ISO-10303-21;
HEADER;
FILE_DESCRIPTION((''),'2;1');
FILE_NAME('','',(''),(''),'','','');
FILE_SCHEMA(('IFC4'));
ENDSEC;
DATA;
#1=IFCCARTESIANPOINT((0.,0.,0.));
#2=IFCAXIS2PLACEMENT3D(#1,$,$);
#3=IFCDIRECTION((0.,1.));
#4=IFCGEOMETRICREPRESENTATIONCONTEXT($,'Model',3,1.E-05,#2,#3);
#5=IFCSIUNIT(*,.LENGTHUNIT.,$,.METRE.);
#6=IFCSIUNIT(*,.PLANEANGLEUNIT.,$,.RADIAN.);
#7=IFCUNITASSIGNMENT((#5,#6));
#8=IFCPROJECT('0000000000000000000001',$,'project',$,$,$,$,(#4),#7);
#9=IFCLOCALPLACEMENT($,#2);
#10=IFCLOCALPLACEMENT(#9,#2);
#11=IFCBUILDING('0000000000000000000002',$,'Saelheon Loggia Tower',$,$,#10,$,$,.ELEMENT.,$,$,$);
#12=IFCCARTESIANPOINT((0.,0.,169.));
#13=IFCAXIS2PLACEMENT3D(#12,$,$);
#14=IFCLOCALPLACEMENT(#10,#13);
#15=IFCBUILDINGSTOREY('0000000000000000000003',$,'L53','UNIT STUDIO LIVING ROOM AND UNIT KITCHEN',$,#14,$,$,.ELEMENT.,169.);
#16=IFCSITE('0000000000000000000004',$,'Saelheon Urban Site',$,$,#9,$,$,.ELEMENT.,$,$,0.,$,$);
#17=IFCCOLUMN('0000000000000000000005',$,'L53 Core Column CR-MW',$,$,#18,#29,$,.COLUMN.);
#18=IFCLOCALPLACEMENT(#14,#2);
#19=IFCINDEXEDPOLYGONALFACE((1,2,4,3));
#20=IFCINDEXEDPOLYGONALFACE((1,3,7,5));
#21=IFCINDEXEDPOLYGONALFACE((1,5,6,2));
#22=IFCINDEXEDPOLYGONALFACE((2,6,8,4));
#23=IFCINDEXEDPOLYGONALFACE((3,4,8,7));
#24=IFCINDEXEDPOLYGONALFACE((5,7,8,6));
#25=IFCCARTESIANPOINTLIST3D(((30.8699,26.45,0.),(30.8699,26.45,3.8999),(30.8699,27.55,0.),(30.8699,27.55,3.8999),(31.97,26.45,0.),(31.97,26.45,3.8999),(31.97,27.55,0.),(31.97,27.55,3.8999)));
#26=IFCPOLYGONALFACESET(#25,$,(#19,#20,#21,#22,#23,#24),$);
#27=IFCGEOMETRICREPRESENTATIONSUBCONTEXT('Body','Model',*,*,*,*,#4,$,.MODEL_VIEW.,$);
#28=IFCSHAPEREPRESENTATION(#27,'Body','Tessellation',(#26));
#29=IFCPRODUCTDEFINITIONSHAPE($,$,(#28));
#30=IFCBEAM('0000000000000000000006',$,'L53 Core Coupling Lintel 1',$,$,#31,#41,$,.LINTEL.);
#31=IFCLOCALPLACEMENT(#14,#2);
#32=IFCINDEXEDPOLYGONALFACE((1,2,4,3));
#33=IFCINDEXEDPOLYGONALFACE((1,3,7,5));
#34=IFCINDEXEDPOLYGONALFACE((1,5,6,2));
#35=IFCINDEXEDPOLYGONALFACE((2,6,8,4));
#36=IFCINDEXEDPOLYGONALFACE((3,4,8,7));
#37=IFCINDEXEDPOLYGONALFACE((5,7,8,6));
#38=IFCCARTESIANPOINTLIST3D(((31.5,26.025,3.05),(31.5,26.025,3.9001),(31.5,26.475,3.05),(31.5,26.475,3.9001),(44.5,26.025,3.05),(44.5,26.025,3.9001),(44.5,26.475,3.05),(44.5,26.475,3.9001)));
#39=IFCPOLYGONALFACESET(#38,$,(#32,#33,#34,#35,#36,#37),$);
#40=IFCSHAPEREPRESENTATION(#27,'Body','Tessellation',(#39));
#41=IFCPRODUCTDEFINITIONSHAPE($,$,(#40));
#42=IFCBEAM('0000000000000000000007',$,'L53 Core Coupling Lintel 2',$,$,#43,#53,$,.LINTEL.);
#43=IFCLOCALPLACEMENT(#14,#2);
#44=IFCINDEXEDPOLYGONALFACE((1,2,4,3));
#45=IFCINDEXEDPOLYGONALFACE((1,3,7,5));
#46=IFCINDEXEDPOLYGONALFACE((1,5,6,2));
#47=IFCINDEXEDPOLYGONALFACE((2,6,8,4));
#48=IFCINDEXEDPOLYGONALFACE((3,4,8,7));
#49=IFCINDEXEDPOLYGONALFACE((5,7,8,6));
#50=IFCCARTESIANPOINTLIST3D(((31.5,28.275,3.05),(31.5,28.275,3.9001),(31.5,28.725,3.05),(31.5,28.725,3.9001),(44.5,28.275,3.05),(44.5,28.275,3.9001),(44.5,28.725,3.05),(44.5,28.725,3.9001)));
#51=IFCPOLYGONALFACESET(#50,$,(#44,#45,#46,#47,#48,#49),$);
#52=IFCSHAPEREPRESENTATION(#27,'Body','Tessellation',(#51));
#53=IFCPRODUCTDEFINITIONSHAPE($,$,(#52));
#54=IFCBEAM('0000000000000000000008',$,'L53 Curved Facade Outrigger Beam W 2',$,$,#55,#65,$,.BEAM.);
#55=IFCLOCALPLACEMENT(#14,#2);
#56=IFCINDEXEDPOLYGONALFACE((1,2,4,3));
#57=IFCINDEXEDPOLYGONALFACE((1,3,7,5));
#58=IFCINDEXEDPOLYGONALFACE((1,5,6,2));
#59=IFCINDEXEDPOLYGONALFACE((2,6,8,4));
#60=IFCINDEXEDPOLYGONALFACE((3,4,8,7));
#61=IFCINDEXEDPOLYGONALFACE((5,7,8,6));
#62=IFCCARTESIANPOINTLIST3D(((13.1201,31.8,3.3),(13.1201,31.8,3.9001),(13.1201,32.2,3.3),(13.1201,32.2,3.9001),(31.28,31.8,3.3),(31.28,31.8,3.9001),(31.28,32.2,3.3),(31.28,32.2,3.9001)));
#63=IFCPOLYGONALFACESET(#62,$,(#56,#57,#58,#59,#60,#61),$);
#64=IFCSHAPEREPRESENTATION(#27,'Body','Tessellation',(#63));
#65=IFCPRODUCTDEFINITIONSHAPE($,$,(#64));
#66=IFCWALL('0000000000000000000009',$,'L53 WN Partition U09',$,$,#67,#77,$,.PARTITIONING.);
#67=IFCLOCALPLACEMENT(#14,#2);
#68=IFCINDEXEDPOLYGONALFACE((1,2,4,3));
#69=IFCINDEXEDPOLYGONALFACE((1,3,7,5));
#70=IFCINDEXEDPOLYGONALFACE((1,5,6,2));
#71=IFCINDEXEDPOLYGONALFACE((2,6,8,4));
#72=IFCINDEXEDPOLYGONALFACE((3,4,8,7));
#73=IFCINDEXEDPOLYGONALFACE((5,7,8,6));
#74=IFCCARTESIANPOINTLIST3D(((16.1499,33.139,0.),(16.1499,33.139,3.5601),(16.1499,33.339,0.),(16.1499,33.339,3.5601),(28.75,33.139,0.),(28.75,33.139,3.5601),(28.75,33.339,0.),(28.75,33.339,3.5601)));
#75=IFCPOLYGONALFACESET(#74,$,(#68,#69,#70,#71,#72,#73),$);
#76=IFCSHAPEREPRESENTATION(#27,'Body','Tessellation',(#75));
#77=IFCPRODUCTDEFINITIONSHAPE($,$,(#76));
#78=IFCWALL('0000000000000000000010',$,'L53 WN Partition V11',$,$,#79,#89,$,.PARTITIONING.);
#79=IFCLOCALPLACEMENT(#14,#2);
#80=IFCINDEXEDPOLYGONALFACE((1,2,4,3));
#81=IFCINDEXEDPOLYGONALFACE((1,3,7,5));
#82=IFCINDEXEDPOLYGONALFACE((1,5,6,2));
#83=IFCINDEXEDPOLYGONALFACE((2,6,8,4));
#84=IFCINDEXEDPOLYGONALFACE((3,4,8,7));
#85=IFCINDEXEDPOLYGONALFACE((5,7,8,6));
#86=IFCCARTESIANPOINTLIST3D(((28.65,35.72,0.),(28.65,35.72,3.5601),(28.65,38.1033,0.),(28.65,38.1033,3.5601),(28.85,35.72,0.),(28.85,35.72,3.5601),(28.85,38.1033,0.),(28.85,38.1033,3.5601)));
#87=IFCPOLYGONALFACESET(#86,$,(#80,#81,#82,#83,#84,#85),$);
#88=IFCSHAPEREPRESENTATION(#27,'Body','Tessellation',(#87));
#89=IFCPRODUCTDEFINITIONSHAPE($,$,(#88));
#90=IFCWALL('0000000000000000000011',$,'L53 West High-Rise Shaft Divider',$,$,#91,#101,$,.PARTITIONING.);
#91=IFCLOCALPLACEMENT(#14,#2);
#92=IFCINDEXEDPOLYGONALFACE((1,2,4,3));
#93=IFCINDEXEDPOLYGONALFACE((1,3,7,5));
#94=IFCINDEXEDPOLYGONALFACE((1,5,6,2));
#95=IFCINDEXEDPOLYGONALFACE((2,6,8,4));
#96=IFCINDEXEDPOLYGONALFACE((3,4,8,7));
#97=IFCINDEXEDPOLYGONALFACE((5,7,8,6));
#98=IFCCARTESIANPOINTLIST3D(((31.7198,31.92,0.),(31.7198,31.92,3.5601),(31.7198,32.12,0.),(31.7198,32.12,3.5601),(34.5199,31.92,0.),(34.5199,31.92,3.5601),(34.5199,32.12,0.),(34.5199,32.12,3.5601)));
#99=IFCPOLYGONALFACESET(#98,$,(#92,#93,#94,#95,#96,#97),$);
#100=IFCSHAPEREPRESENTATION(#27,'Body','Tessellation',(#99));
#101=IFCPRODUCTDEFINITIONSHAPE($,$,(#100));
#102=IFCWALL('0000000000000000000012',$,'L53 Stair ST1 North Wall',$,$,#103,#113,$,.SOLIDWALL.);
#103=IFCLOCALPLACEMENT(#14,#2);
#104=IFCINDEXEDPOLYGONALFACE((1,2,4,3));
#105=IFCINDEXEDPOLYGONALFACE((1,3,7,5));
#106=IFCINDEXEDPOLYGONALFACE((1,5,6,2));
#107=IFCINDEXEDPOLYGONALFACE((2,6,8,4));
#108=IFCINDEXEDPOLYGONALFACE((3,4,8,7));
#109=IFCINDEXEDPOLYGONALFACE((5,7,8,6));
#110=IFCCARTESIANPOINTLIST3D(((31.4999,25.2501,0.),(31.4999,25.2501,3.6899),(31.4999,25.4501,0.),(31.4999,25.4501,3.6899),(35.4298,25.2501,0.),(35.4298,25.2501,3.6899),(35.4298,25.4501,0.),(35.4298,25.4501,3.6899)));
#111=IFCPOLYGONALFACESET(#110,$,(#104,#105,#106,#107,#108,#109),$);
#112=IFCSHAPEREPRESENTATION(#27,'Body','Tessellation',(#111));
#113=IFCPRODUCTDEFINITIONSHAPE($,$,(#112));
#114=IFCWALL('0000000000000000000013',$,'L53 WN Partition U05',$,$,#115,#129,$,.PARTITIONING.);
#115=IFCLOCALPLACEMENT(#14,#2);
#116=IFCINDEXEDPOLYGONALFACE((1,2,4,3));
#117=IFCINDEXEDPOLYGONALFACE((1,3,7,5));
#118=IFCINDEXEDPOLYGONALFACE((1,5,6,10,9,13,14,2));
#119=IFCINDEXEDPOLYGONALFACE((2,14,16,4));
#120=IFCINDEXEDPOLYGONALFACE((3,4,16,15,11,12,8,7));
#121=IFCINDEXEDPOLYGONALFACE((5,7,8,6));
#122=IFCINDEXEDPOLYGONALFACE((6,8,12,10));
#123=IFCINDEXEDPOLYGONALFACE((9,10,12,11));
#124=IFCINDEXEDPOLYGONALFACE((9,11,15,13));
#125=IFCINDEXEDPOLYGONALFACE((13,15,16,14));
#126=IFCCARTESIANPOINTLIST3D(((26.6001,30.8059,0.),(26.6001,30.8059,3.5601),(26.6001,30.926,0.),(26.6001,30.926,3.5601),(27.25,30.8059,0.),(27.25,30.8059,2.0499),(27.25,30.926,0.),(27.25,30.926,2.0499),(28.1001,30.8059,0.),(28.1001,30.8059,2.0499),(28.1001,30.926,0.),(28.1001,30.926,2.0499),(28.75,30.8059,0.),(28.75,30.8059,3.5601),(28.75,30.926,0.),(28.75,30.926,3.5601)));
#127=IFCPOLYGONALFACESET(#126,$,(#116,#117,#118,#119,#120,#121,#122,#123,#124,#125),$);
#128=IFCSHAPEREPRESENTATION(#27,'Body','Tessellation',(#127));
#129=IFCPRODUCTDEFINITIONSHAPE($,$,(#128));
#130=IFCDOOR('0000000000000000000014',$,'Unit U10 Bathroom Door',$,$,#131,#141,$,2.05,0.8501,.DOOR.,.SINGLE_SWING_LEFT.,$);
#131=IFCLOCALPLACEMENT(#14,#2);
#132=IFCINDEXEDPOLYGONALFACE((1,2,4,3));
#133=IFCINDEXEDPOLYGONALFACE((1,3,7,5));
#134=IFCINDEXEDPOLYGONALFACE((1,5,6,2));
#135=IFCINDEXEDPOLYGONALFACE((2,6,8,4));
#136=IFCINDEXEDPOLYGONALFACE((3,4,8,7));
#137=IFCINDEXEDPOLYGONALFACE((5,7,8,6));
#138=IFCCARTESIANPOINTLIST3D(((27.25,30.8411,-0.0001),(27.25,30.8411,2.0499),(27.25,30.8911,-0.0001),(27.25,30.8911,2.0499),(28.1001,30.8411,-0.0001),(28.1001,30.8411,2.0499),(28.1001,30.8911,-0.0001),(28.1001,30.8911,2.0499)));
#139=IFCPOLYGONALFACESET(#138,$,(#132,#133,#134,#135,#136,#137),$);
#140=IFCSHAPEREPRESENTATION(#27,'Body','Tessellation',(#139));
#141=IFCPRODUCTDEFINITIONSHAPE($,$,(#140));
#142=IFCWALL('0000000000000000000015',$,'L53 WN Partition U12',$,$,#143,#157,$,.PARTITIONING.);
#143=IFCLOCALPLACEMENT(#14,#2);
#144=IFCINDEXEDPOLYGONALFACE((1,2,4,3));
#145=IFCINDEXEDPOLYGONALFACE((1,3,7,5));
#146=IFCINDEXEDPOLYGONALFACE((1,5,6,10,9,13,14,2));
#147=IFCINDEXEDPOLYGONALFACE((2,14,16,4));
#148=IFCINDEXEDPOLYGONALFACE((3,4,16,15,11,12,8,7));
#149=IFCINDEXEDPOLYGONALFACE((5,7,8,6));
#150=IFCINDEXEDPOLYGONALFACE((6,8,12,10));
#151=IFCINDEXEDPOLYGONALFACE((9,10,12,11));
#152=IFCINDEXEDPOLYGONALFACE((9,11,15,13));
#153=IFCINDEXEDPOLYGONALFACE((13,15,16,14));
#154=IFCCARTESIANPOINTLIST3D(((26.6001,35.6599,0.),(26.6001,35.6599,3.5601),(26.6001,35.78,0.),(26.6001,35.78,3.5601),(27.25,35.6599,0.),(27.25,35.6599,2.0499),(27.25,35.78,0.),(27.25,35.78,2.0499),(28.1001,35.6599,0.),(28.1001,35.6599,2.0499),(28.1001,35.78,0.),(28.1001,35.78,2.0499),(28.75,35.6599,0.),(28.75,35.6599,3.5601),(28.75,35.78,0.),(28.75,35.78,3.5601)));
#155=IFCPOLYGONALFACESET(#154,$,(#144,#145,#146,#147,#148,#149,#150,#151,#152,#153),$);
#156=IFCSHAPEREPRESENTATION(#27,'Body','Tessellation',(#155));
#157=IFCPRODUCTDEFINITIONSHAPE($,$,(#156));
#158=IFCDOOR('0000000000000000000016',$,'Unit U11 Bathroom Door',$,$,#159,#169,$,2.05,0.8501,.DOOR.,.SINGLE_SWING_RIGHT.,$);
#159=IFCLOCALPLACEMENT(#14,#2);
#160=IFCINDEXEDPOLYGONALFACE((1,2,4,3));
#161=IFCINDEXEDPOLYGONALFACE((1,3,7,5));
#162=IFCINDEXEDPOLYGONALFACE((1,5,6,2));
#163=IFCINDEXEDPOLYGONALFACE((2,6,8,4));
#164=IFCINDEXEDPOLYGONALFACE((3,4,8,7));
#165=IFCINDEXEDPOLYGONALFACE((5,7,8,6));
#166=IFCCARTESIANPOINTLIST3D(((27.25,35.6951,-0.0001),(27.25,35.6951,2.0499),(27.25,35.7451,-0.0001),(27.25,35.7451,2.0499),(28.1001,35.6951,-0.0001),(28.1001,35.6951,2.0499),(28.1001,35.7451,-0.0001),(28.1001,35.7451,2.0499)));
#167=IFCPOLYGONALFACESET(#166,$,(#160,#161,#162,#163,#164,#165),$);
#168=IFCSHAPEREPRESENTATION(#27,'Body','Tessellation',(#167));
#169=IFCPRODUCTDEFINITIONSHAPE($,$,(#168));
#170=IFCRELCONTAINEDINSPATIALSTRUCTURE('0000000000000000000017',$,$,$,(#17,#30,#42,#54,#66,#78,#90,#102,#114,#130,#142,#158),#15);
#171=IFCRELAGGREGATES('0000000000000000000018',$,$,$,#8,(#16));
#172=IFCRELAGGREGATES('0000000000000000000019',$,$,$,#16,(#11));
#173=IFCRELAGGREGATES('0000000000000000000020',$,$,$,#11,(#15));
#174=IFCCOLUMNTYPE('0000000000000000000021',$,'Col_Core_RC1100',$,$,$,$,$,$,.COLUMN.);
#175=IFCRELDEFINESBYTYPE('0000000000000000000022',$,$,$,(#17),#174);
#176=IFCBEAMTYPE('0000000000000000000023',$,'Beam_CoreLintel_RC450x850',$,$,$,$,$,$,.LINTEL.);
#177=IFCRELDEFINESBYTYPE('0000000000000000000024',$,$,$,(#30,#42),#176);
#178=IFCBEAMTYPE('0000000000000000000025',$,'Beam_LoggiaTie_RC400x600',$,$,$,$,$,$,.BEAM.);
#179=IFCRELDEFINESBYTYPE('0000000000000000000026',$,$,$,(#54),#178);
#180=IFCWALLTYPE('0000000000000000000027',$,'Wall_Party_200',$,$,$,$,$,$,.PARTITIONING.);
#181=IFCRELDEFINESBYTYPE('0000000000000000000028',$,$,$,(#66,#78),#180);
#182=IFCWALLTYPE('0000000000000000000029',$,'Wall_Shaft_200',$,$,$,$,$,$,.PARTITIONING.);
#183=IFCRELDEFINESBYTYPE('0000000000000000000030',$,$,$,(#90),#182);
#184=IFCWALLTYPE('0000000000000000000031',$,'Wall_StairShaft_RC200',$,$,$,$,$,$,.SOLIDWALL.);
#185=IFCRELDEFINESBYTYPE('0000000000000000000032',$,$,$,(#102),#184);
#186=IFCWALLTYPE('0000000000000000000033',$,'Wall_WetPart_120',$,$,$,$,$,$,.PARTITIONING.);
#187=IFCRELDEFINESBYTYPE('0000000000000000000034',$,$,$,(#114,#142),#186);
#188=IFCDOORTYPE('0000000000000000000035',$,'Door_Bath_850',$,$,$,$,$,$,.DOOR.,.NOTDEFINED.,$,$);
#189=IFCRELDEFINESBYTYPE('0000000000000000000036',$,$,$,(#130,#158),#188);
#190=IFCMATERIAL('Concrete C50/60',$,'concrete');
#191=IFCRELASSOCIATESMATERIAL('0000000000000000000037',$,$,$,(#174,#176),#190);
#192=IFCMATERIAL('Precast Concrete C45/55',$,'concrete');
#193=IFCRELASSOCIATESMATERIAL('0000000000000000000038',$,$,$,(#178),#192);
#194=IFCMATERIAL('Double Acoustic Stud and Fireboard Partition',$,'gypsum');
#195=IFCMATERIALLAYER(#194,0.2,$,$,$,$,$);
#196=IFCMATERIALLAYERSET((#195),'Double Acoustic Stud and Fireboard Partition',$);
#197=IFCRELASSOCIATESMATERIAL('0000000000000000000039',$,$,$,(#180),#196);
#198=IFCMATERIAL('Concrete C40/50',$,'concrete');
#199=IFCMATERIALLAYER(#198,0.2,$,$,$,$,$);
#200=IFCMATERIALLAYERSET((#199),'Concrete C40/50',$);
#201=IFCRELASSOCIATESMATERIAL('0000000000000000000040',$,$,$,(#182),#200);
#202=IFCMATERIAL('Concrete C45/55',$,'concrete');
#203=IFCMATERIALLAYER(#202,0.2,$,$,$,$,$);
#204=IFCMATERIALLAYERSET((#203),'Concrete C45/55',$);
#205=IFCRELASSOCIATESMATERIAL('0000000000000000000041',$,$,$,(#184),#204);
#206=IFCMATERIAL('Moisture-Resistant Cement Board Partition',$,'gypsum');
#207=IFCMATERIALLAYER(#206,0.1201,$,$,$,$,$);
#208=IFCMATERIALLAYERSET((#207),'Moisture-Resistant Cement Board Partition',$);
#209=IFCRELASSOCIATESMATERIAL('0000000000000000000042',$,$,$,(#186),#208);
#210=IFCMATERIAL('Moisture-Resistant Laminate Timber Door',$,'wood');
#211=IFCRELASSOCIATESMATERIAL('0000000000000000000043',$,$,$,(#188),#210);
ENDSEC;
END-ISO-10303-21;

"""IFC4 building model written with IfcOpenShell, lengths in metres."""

from ifc_helpers import new_model, si_unit, direction, frame, frame_2d, origin, origin_2d, place, context, subcontext, project, spatial, rectangle, extrude, source, transform, mapped, material, layer, layer_set, material_profile, profile_set, type_object, element, fill, save


model = new_model("IFC4")

# Units and contexts
model_context = context("Model", 3, precision=1e-05, world=origin(), true_north=direction((0.0, 1.0)))
body_context = subcontext(model_context, "Body", "Model", "MODEL_VIEW")
ifc_project = project(units=[si_unit("LENGTHUNIT", "METRE"), si_unit("PLANEANGLEUNIT", "RADIAN")], contexts=[model_context])

# Site, building, storey
site_placement = place(None, origin())
site = spatial("IfcSite", under=ifc_project, at=site_placement, Name="Saelheon Urban Site", CompositionType="ELEMENT", RefElevation=0.0)
building_placement = place(site_placement, origin())
building = spatial("IfcBuilding", under=site, at=building_placement, Name="Saelheon Loggia Tower", CompositionType="ELEMENT")
storey_placement = place(building_placement, frame((0.0, 0.0, 169.0)))
storey = spatial("IfcBuildingStorey", under=building, at=storey_placement, Name="L53", Description="UNIT STUDIO LIVING ROOM AND UNIT KITCHEN", CompositionType="ELEMENT", Elevation=169.0)

# Column
ifc_material_1 = material(Name="Concrete C50/60", Category="concrete")
ifc_material_profile_1 = material_profile(ifc_material_1, rectangle(XDim=1.1001, YDim=1.1001, at=origin_2d()), Name="RC-1100x1100")
ifc_profile_set_1 = profile_set([ifc_material_profile_1], Name="Concrete C50/60")
column_type = type_object("IfcColumnType", Name="Col_Core_RC1100", PredefinedType="COLUMN", material=ifc_profile_set_1)
shared_shape_1 = source(origin(), body_context, "Body", "SweptSolid", [
    extrude(rectangle(XDim=1.1001, YDim=1.1001, at=origin_2d()), origin(), (0.0, 0.0, 1.0), 3.8999),
])
column_placement = place(storey_placement, frame((31.4199, 27.0, 0.0), z_axis=(0.0, 0.0, 1.0), x_axis=(1.0, 0.0, 0.0)))
element("IfcColumn", 1, at=column_placement, inside=storey, type_object=column_type, Name="L53 Core Column CR-MW", PredefinedType="COLUMN", context=body_context, shape_type="MappedRepresentation", body=[
    mapped(shared_shape_1, transform((0.0, 0.0, 0.0), scale=1.0)),
])

# Beams
ifc_material_profile_2 = material_profile(ifc_material_1, rectangle(XDim=0.45, YDim=0.8501, at=origin_2d()), Name="RC-450x850")
ifc_profile_set_2 = profile_set([ifc_material_profile_2], Name="Concrete C50/60")
beam_type_1 = type_object("IfcBeamType", Name="Beam_CoreLintel_RC450x850", PredefinedType="LINTEL", material=ifc_profile_set_2)
shared_shape_2 = source(origin(), body_context, "Body", "SweptSolid", [
    extrude(rectangle(XDim=0.45, YDim=0.8501, at=origin_2d()), origin(), (0.0, 0.0, 1.0), 13.0),
])
for number, where, z_axis, x_axis, name in (
    (2, (31.5, 26.25, 3.4751), (1.0, 0.0, 0.0), (0.0, 1.0, 0.0), "L53 Core Coupling Lintel 1"),
    (3, (31.5, 28.5, 3.4751), (1.0, 0.0, 0.0), (0.0, 1.0, 0.0), "L53 Core Coupling Lintel 2"),
):
    element("IfcBeam", number, at=place(storey_placement, frame(where, z_axis=z_axis, x_axis=x_axis)), inside=storey, type_object=beam_type_1, Name=name, PredefinedType="LINTEL", context=body_context, shape_type="MappedRepresentation", body=[
        mapped(shared_shape_2, transform((0.0, 0.0, 0.0), scale=1.0)),
    ])
ifc_material_2 = material(Name="Precast Concrete C45/55", Category="concrete")
ifc_material_profile_3 = material_profile(ifc_material_2, rectangle(XDim=0.3999, YDim=0.6001, at=origin_2d()), Name="RC-400x600")
ifc_profile_set_3 = profile_set([ifc_material_profile_3], Name="Precast Concrete C45/55")
beam_type_2 = type_object("IfcBeamType", Name="Beam_LoggiaTie_RC400x600", PredefinedType="BEAM", material=ifc_profile_set_3)
shared_shape_3 = source(origin(), body_context, "Body", "SweptSolid", [
    extrude(rectangle(XDim=0.3999, YDim=0.6001, at=origin_2d()), origin(), (0.0, 0.0, 1.0), 18.1599),
])
beam_placement = place(storey_placement, frame((31.28, 32.0, 3.6001), z_axis=(-1.0, 0.0, 0.0), x_axis=(0.0, -1.0, 0.0)))
element("IfcBeam", 4, at=beam_placement, inside=storey, type_object=beam_type_2, Name="L53 Curved Facade Outrigger Beam W 2", PredefinedType="BEAM", context=body_context, shape_type="MappedRepresentation", body=[
    mapped(shared_shape_3, transform((0.0, 0.0, 0.0), scale=1.0)),
])

# Wall
ifc_material_3 = material(Name="Double Acoustic Stud and Fireboard Partition", Category="gypsum")
ifc_layer_1 = layer(ifc_material_3, 0.2)
ifc_layer_set_1 = layer_set([ifc_layer_1], Name="Double Acoustic Stud and Fireboard Partition")
wall_type_1 = type_object("IfcWallType", Name="Wall_Party_200", PredefinedType="PARTITIONING", material=ifc_layer_set_1)
wall_1_placement = place(storey_placement, frame((28.75, 33.239, 0.0), z_axis=(0.0, 0.0, 1.0), x_axis=(-1.0, 0.0, 0.0)))
element("IfcWall", 5, at=wall_1_placement, inside=storey, type_object=wall_type_1, Name="L53 WN Partition U09", PredefinedType="PARTITIONING", context=body_context, shape_type="SweptSolid", body=[
    extrude(rectangle(XDim=12.6001, YDim=0.2, at=frame_2d((6.3, 0.0))), origin(), (0.0, 0.0, 1.0), 3.5601),
])

# Wall
wall_2_placement = place(storey_placement, frame((28.75, 35.72, 0.0), z_axis=(0.0, 0.0, 1.0), x_axis=(0.0, 1.0, 0.0)))
element("IfcWall", 6, at=wall_2_placement, inside=storey, type_object=wall_type_1, Name="L53 WN Partition V11", PredefinedType="PARTITIONING", context=body_context, shape_type="SweptSolid", body=[
    extrude(rectangle(XDim=2.3833, YDim=0.2, at=frame_2d((1.1917, 0.0))), origin(), (0.0, 0.0, 1.0), 3.5601),
])

# Shared definitions
ifc_material_4 = material(Name="Concrete C40/50", Category="concrete")
ifc_layer_2 = layer(ifc_material_4, 0.2)
ifc_layer_set_2 = layer_set([ifc_layer_2], Name="Concrete C40/50")
wall_type_2 = type_object("IfcWallType", Name="Wall_Shaft_200", PredefinedType="PARTITIONING", material=ifc_layer_set_2)

# Walls
wall_3_placement = place(storey_placement, frame((31.72, 32.02, 0.0), z_axis=(0.0, 0.0, 1.0), x_axis=(1.0, 0.0, 0.0)))
element("IfcWall", 7, at=wall_3_placement, inside=storey, type_object=wall_type_2, Name="L53 West High-Rise Shaft Divider", PredefinedType="PARTITIONING", context=body_context, shape_type="SweptSolid", body=[
    extrude(rectangle(XDim=2.8, YDim=0.2, at=frame_2d((1.3999, 0.0))), origin(), (0.0, 0.0, 1.0), 3.5601),
])
ifc_material_5 = material(Name="Concrete C45/55", Category="concrete")
ifc_layer_3 = layer(ifc_material_5, 0.2)
ifc_layer_set_3 = layer_set([ifc_layer_3], Name="Concrete C45/55")
wall_type_3 = type_object("IfcWallType", Name="Wall_StairShaft_RC200", PredefinedType="SOLIDWALL", material=ifc_layer_set_3)
wall_4_placement = place(storey_placement, frame((31.5, 25.3501, 0.0), z_axis=(0.0, 0.0, 1.0), x_axis=(1.0, 0.0, 0.0)))
element("IfcWall", 8, at=wall_4_placement, inside=storey, type_object=wall_type_3, Name="L53 Stair ST1 North Wall", PredefinedType="SOLIDWALL", context=body_context, shape_type="SweptSolid", body=[
    extrude(rectangle(XDim=3.9299, YDim=0.2, at=frame_2d((1.9648, 0.0))), origin(), (0.0, 0.0, 1.0), 3.6899),
])

# Walls, openings, doors
ifc_material_6 = material(Name="Moisture-Resistant Cement Board Partition", Category="gypsum")
ifc_layer_4 = layer(ifc_material_6, 0.1201)
ifc_layer_set_4 = layer_set([ifc_layer_4], Name="Moisture-Resistant Cement Board Partition")
wall_type_4 = type_object("IfcWallType", Name="Wall_WetPart_120", PredefinedType="PARTITIONING", material=ifc_layer_set_4)
wall_5_placement = place(storey_placement, frame((28.75, 30.866, 0.0), z_axis=(0.0, 0.0, 1.0), x_axis=(-1.0, 0.0, 0.0)))
wall_5 = element("IfcWall", 9, at=wall_5_placement, inside=storey, type_object=wall_type_4, Name="L53 WN Partition U05", PredefinedType="PARTITIONING", context=body_context, shape_type="SweptSolid", body=[
    extrude(rectangle(XDim=2.1499, YDim=0.1201, at=frame_2d((1.075, 0.0))), origin(), (0.0, 0.0, 1.0), 3.5601),
])
opening_1_placement = place(wall_5_placement, frame((0.6499, 0.0, 0.0)))
opening_1 = element("IfcOpeningElement", 10, at=opening_1_placement, cuts=wall_5, PredefinedType="OPENING", context=body_context, shape_type="SweptSolid", body=[
    extrude(rectangle(XDim=0.8501, YDim=2.05, at=frame_2d((0.425, 1.0249))), frame((0.0, 0.072, 0.0), z_axis=(0.0, -1.0, 0.0), x_axis=(1.0, 0.0, 0.0)), (0.0, 0.0, 1.0), 0.144),
])
ifc_material_7 = material(Name="Moisture-Resistant Laminate Timber Door", Category="wood")
door_type_1 = type_object("IfcDoorType", Name="Door_Bath_850", OperationType="NOTDEFINED", PredefinedType="DOOR", material=ifc_material_7)
shared_shape_4 = source(origin(), body_context, "Body", "SweptSolid", [
    extrude(rectangle(XDim=0.8501, YDim=2.05, at=frame_2d((0.425, 1.0249))), frame((0.0, 0.0249, 0.0), z_axis=(0.0, -1.0, 0.0), x_axis=(1.0, 0.0, 0.0)), (0.0, 0.0, 1.0), 0.05),
])
door_1_placement = place(opening_1_placement, origin())
door_1 = element("IfcDoor", 11, at=door_1_placement, inside=storey, type_object=door_type_1, Name="Unit U10 Bathroom Door", OperationType="SINGLE_SWING_LEFT", OverallHeight=2.05, OverallWidth=0.8501, PredefinedType="DOOR", context=body_context, shape_type="MappedRepresentation", body=[
    mapped(shared_shape_4, transform((0.0, 0.0, 0.0), scale=1.0)),
])
fill(opening_1, door_1)
wall_6_placement = place(storey_placement, frame((28.75, 35.72, 0.0), z_axis=(0.0, 0.0, 1.0), x_axis=(-1.0, 0.0, 0.0)))
wall_6 = element("IfcWall", 12, at=wall_6_placement, inside=storey, type_object=wall_type_4, Name="L53 WN Partition U12", PredefinedType="PARTITIONING", context=body_context, shape_type="SweptSolid", body=[
    extrude(rectangle(XDim=2.1499, YDim=0.1201, at=frame_2d((1.075, 0.0))), origin(), (0.0, 0.0, 1.0), 3.5601),
])
opening_2_placement = place(wall_6_placement, frame((0.6499, 0.0, 0.0)))
opening_2 = element("IfcOpeningElement", 13, at=opening_2_placement, cuts=wall_6, PredefinedType="OPENING", context=body_context, shape_type="SweptSolid", body=[
    extrude(rectangle(XDim=0.8501, YDim=2.05, at=frame_2d((0.425, 1.0249))), frame((0.0, 0.072, 0.0), z_axis=(0.0, -1.0, 0.0), x_axis=(1.0, 0.0, 0.0)), (0.0, 0.0, 1.0), 0.144),
])
door_2_placement = place(opening_2_placement, origin())
door_2 = element("IfcDoor", 14, at=door_2_placement, inside=storey, type_object=door_type_1, Name="Unit U11 Bathroom Door", OperationType="SINGLE_SWING_RIGHT", OverallHeight=2.05, OverallWidth=0.8501, PredefinedType="DOOR", context=body_context, shape_type="MappedRepresentation", body=[
    mapped(shared_shape_4, transform((0.0, 0.0, 0.0), scale=1.0)),
])
fill(opening_2, door_2)

save(model, "model.ifc")
